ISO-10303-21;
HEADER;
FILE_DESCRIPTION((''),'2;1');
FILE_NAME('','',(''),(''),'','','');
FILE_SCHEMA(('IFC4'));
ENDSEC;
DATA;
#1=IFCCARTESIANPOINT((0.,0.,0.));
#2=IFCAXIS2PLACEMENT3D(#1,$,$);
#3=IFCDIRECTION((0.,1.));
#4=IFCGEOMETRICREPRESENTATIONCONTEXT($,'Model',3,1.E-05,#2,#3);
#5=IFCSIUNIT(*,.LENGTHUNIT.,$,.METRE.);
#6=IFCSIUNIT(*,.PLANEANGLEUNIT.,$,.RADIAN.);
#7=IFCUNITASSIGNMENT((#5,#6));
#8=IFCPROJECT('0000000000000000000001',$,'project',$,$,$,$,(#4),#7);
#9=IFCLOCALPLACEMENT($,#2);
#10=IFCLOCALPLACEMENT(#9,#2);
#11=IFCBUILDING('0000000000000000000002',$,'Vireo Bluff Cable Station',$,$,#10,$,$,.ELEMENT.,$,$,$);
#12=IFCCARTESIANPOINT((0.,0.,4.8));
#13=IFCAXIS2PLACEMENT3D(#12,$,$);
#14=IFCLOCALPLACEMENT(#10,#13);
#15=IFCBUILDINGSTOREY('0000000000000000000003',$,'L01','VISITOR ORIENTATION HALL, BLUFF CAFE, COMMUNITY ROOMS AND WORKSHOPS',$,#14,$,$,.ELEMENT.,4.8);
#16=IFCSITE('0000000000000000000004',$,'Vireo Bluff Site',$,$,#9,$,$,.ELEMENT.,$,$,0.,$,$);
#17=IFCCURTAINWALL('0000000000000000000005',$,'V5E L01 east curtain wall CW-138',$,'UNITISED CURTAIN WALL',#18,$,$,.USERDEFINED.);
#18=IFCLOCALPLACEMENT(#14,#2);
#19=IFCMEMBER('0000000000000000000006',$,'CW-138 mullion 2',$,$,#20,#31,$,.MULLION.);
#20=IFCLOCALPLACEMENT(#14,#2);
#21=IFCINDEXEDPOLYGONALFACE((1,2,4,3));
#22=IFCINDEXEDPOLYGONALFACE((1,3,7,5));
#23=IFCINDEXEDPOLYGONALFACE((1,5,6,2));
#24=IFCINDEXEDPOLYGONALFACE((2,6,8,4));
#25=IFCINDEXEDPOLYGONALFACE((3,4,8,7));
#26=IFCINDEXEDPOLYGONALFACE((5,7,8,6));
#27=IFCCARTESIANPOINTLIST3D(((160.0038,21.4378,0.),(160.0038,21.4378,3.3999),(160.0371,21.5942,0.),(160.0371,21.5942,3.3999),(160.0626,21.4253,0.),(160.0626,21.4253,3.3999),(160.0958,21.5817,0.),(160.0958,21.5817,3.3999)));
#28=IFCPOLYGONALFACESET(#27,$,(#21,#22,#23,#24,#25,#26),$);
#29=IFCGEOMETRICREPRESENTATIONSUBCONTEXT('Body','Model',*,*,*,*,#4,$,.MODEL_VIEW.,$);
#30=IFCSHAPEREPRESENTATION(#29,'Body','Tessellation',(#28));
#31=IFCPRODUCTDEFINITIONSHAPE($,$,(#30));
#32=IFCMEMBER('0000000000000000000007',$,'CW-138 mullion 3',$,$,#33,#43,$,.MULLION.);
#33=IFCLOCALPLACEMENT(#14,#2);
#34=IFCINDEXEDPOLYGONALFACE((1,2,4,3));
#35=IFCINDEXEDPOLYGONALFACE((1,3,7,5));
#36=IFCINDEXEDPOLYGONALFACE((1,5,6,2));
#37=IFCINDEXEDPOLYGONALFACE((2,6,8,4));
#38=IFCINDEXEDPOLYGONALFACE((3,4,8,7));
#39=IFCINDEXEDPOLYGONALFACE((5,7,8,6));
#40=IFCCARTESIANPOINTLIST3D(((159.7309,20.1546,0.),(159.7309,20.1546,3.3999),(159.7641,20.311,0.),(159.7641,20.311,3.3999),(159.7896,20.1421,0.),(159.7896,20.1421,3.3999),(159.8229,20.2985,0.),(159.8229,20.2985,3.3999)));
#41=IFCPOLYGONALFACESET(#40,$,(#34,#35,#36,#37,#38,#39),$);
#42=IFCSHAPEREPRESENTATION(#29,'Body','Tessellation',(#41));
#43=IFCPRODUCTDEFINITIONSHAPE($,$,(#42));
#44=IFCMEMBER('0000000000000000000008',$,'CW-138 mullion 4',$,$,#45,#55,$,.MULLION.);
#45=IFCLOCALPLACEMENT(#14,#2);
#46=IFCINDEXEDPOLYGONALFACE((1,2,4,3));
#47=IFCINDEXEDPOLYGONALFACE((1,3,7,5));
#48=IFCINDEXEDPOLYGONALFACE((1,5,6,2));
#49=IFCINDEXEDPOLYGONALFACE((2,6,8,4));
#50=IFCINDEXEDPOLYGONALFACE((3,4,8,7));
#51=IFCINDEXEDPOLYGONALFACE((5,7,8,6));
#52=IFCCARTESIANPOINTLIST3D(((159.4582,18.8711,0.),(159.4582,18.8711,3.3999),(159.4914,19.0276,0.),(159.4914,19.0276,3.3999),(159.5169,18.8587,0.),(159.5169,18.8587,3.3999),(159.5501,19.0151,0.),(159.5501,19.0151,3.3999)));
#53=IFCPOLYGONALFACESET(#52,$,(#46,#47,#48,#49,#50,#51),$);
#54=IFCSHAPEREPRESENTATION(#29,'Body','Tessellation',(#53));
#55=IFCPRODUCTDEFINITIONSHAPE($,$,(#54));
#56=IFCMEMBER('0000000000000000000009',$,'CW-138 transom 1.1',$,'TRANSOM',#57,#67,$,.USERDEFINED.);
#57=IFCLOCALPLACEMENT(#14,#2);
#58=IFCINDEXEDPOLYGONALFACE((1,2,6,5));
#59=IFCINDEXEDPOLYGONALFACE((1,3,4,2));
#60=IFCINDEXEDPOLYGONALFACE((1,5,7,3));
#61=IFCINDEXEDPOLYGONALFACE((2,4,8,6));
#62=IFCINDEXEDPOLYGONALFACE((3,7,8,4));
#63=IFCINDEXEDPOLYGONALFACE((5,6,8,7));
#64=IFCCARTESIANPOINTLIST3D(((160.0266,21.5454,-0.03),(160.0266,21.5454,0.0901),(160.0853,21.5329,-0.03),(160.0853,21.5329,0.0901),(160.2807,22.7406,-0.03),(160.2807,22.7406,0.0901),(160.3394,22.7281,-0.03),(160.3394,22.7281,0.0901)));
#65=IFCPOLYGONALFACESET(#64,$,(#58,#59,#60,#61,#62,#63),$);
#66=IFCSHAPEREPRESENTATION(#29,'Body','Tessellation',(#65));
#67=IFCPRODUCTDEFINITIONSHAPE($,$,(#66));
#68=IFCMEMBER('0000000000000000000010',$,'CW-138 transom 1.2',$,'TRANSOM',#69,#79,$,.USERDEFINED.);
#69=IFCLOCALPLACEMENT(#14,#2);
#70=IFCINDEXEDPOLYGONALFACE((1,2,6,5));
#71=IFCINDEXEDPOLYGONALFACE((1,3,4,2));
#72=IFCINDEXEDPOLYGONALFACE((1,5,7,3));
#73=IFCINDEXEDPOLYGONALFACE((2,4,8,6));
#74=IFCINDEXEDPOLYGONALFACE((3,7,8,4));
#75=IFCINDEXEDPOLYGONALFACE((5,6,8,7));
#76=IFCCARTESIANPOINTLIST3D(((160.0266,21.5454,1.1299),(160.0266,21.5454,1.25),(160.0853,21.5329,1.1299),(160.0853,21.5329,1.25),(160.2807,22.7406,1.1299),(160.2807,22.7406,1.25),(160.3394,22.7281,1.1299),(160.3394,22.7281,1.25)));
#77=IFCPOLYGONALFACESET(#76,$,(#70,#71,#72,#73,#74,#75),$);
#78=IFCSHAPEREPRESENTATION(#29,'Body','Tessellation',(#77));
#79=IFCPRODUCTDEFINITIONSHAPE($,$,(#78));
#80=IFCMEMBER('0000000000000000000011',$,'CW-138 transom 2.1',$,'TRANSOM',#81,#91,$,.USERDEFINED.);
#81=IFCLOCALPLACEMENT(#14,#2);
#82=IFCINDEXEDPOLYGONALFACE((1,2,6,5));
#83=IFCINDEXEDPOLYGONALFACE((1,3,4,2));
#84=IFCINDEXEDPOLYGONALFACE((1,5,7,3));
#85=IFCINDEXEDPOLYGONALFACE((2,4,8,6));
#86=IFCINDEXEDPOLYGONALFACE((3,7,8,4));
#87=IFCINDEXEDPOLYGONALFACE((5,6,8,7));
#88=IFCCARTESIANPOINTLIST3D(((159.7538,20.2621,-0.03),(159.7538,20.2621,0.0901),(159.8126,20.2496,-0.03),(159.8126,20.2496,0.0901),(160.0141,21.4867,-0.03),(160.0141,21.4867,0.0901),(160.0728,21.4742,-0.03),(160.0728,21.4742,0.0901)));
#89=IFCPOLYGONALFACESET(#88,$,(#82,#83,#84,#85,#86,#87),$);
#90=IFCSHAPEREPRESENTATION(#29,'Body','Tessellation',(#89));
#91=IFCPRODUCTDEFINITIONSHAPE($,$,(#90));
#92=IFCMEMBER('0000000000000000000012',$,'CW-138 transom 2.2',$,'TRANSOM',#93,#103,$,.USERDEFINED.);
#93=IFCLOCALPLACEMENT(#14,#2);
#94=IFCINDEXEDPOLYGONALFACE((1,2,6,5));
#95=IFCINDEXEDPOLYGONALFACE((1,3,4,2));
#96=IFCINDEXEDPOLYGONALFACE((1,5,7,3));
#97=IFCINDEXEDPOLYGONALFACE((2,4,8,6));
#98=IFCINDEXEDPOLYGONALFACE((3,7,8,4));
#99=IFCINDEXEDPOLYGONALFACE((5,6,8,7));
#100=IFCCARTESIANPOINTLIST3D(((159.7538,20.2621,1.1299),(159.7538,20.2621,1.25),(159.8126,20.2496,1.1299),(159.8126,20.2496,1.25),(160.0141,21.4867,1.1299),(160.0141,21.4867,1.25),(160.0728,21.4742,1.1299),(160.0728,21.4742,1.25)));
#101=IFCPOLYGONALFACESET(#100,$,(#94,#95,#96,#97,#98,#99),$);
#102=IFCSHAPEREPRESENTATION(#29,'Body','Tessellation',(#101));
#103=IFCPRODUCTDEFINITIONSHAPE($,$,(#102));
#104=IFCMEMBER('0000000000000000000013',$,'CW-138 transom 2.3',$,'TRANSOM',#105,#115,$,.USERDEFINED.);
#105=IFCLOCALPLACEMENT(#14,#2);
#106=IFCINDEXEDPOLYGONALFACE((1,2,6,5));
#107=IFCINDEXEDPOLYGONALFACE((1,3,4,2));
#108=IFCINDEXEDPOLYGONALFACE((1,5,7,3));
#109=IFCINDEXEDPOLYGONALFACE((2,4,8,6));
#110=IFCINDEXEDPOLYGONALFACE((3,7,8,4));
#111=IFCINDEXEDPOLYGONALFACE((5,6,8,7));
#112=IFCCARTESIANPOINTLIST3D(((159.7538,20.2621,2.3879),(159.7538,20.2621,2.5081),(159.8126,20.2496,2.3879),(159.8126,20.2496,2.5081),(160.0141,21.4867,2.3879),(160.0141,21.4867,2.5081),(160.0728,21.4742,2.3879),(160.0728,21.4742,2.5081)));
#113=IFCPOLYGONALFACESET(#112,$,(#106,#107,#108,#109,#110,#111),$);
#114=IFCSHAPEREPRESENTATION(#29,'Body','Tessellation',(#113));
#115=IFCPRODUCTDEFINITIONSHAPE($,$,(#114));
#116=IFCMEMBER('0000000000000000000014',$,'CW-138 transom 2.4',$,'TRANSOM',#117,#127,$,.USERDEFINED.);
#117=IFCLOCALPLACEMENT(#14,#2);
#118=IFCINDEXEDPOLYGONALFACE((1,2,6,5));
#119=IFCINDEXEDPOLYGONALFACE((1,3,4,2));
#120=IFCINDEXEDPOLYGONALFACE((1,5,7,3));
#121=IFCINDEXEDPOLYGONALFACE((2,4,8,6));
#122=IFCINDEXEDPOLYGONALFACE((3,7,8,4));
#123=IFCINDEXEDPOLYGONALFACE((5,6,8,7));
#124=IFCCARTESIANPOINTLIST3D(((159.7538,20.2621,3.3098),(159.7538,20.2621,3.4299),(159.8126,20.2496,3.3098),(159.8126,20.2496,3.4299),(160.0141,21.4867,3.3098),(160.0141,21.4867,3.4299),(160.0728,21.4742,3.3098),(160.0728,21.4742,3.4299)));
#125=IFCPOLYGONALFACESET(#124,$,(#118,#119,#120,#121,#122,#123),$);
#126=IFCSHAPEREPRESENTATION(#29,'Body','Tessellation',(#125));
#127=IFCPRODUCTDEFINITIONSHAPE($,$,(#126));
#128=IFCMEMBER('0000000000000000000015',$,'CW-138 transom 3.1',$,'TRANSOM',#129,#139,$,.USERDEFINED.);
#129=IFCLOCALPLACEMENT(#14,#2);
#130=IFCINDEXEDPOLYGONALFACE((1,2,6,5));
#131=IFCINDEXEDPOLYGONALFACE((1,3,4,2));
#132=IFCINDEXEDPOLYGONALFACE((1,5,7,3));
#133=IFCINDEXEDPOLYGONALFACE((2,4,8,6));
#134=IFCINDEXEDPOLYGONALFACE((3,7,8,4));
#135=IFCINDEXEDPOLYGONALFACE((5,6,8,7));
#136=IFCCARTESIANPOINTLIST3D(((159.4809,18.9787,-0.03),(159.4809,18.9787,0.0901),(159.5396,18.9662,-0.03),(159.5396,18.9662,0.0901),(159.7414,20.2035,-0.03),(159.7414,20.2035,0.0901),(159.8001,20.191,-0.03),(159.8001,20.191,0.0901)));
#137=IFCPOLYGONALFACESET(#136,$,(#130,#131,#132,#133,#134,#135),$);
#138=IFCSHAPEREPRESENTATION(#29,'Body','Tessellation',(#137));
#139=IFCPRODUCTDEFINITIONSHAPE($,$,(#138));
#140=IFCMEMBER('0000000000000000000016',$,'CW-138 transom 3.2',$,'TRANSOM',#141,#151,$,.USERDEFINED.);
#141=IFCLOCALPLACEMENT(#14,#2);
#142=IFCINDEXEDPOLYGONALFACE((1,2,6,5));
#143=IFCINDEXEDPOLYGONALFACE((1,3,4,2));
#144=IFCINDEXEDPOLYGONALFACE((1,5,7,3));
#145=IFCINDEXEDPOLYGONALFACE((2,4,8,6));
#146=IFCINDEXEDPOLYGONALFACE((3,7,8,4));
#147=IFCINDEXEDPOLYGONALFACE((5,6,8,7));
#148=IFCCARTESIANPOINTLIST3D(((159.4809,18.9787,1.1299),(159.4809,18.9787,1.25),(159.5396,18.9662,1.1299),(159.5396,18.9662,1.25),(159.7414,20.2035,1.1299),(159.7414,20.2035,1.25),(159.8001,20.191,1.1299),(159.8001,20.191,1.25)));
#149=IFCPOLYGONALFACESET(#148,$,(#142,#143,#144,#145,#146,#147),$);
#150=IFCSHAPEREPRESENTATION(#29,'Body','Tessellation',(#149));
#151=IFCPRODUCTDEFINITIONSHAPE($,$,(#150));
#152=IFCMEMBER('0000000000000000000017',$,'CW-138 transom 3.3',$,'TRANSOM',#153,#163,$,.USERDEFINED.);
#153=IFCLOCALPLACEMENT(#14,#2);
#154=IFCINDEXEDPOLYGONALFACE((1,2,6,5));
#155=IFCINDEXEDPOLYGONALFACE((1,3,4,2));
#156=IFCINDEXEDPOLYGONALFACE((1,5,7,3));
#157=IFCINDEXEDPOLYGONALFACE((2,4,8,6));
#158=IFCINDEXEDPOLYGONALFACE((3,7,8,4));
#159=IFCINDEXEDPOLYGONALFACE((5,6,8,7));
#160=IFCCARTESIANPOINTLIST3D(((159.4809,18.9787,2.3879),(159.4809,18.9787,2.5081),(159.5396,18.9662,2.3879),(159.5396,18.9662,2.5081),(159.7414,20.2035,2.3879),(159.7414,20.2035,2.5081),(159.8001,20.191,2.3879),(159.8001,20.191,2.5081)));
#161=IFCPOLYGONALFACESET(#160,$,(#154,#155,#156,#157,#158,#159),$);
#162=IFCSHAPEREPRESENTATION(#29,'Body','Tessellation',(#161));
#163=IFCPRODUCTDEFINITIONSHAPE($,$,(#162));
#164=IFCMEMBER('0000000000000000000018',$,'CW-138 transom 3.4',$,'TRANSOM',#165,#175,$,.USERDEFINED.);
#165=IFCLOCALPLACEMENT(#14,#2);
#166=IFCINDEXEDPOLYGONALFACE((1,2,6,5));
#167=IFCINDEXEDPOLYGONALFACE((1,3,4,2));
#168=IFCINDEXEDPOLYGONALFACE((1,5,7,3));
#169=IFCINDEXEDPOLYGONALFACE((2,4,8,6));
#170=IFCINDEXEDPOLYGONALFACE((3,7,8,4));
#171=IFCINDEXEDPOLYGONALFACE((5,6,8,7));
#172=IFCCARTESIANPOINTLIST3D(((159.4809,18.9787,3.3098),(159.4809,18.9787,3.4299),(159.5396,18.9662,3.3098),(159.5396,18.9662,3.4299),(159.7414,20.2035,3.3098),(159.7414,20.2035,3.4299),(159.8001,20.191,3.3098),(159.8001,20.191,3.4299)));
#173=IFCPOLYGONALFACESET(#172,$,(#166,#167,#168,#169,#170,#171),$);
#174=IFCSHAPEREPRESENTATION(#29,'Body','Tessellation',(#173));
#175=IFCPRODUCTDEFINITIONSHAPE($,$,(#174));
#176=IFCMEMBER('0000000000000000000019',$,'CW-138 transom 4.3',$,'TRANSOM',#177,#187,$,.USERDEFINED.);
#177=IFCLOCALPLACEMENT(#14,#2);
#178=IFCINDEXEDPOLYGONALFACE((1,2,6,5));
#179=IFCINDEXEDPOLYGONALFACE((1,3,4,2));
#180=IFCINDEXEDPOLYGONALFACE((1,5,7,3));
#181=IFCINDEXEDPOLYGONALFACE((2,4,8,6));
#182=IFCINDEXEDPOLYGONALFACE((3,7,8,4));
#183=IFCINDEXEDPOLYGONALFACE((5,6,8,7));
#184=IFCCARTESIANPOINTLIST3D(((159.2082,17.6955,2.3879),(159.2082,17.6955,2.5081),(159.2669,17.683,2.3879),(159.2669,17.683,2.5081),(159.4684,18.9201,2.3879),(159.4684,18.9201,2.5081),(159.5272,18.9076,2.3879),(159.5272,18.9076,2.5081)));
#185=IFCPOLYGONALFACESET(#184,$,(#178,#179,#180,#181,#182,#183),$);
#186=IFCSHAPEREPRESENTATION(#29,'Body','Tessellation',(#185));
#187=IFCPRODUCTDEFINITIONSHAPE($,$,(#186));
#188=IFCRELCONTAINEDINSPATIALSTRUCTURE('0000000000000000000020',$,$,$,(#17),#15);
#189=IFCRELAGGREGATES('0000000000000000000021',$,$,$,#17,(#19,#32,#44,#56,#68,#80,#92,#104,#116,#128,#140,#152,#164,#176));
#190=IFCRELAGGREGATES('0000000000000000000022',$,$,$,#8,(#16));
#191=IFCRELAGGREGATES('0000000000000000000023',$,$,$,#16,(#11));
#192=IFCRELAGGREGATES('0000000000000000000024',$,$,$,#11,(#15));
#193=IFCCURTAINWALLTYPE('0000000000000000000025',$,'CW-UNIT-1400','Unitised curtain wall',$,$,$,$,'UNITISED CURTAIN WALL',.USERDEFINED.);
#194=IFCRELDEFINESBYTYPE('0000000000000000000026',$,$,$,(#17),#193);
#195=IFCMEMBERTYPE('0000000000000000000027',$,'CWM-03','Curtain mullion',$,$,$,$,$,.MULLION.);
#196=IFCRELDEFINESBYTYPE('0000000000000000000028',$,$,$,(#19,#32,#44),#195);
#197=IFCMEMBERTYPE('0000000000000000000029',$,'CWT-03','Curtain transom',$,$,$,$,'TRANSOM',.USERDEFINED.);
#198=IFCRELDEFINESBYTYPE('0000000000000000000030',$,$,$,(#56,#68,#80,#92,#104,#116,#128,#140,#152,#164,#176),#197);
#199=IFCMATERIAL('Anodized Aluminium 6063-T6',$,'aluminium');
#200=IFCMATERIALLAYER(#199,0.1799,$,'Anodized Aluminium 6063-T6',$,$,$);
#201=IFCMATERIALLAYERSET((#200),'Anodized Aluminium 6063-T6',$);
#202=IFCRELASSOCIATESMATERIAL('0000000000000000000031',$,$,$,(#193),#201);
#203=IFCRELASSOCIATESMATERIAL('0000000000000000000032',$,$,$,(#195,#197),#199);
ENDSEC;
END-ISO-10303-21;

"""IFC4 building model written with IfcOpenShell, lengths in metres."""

from ifc_helpers import new_model, si_unit, direction, frame, origin, origin_2d, place, context, subcontext, project, spatial, rectangle, extrude, material, layer, layer_set, material_profile, profile_set, type_object, element, aggregate, save


model = new_model("IFC4")

# Units and contexts
model_context = context("Model", 3, precision=1e-05, world=origin(), true_north=direction((0.0, 1.0)))
body_context = subcontext(model_context, "Body", "Model", "MODEL_VIEW")
ifc_project = project(units=[si_unit("LENGTHUNIT", "METRE"), si_unit("PLANEANGLEUNIT", "RADIAN")], contexts=[model_context])

# Site, building, storey
site_placement = place(None, origin())
site = spatial("IfcSite", under=ifc_project, at=site_placement, Name="Vireo Bluff Site", CompositionType="ELEMENT", RefElevation=0.0)
building_placement = place(site_placement, origin())
building = spatial("IfcBuilding", under=site, at=building_placement, Name="Vireo Bluff Cable Station", CompositionType="ELEMENT")
storey_placement = place(building_placement, frame((0.0, 0.0, 4.8)))
storey = spatial("IfcBuildingStorey", under=building, at=storey_placement, Name="L01", Description="VISITOR ORIENTATION HALL, BLUFF CAFE, COMMUNITY ROOMS AND WORKSHOPS", CompositionType="ELEMENT", Elevation=4.8)

# Curtain wall, members
ifc_material_1 = material(Name="Anodized Aluminium 6063-T6", Category="aluminium")
ifc_layer_1 = layer(ifc_material_1, 0.1799, Name="Anodized Aluminium 6063-T6")
ifc_layer_set_1 = layer_set([ifc_layer_1], Name="Anodized Aluminium 6063-T6")
curtain_wall_type = type_object("IfcCurtainWallType", Name="CW-UNIT-1400", Description="Unitised curtain wall", ElementType="UNITISED CURTAIN WALL", PredefinedType="USERDEFINED", material=ifc_layer_set_1)
curtain_wall_placement = place(storey_placement, origin())
curtain_wall = element("IfcCurtainWall", 1, at=curtain_wall_placement, inside=storey, type_object=curtain_wall_type, Name="V5E L01 east curtain wall CW-138", ObjectType="UNITISED CURTAIN WALL", PredefinedType="USERDEFINED")
ifc_material_profile_1 = material_profile(ifc_material_1, rectangle(XDim=0.0601, YDim=0.1599, at=origin_2d()), Name="ALU-M-60X160")
ifc_profile_set_1 = profile_set([ifc_material_profile_1], Name="Anodized Aluminium 6063-T6")
member_type_1 = type_object("IfcMemberType", Name="CWM-03", Description="Curtain mullion", PredefinedType="MULLION", material=ifc_profile_set_1)
member_1_placement = place(storey_placement, frame((160.0498, 21.5098, 0.0), z_axis=(0.0, 0.0, 1.0), x_axis=(0.978148, -0.207912, 0.0)))
member_1 = element("IfcMember", 2, at=member_1_placement, type_object=member_type_1, Name="CW-138 mullion 2", PredefinedType="MULLION", context=body_context, shape_type="SweptSolid", body=[
    extrude(rectangle(XDim=0.0601, YDim=0.1599, at=origin_2d()), origin(), (0.0, 0.0, 1.0), 3.3999),
])
member_2_placement = place(storey_placement, frame((159.7769, 20.2266, 0.0), z_axis=(0.0, 0.0, 1.0), x_axis=(0.978148, -0.207912, 0.0)))
member_2 = element("IfcMember", 3, at=member_2_placement, type_object=member_type_1, Name="CW-138 mullion 3", PredefinedType="MULLION", context=body_context, shape_type="SweptSolid", body=[
    extrude(rectangle(XDim=0.0601, YDim=0.1599, at=origin_2d()), origin(), (0.0, 0.0, 1.0), 3.3999),
])
member_3_placement = place(storey_placement, frame((159.5042, 18.9431, 0.0), z_axis=(0.0, 0.0, 1.0), x_axis=(0.978148, -0.207912, 0.0)))
member_3 = element("IfcMember", 4, at=member_3_placement, type_object=member_type_1, Name="CW-138 mullion 4", PredefinedType="MULLION", context=body_context, shape_type="SweptSolid", body=[
    extrude(rectangle(XDim=0.0601, YDim=0.1599, at=origin_2d()), origin(), (0.0, 0.0, 1.0), 3.3999),
])
ifc_material_profile_2 = material_profile(ifc_material_1, rectangle(XDim=0.0601, YDim=0.1201, at=origin_2d()), Name="ALU-T-60X120")
ifc_profile_set_2 = profile_set([ifc_material_profile_2], Name="Anodized Aluminium 6063-T6")
member_type_2 = type_object("IfcMemberType", Name="CWT-03", Description="Curtain transom", ElementType="TRANSOM", PredefinedType="USERDEFINED", material=ifc_profile_set_2)
member_4_placement = place(storey_placement, frame((160.3101, 22.7344, 0.03), z_axis=(-0.207973, -0.978134, 0.0), x_axis=(0.978134, -0.207973, 0.0)))
member_4 = element("IfcMember", 5, at=member_4_placement, type_object=member_type_2, Name="CW-138 transom 1.1", ObjectType="TRANSOM", PredefinedType="USERDEFINED", context=body_context, shape_type="SweptSolid", body=[
    extrude(rectangle(XDim=0.0601, YDim=0.1201, at=origin_2d()), origin(), (0.0, 0.0, 1.0), 1.2219),
])
member_5_placement = place(storey_placement, frame((160.3101, 22.7344, 1.1899), z_axis=(-0.207973, -0.978134, 0.0), x_axis=(0.978134, -0.207973, 0.0)))
member_5 = element("IfcMember", 6, at=member_5_placement, type_object=member_type_2, Name="CW-138 transom 1.2", ObjectType="TRANSOM", PredefinedType="USERDEFINED", context=body_context, shape_type="SweptSolid", body=[
    extrude(rectangle(XDim=0.0601, YDim=0.1201, at=origin_2d()), origin(), (0.0, 0.0, 1.0), 1.2219),
])
member_6_placement = place(storey_placement, frame((160.0435, 21.4805, 0.03), z_axis=(-0.207877, -0.978155, 0.0), x_axis=(0.978155, -0.207877, 0.0)))
member_6 = element("IfcMember", 7, at=member_6_placement, type_object=member_type_2, Name="CW-138 transom 2.1", ObjectType="TRANSOM", PredefinedType="USERDEFINED", context=body_context, shape_type="SweptSolid", body=[
    extrude(rectangle(XDim=0.0601, YDim=0.1201, at=origin_2d()), origin(), (0.0, 0.0, 1.0), 1.252),
])
member_7_placement = place(storey_placement, frame((160.0435, 21.4805, 1.1899), z_axis=(-0.207877, -0.978155, 0.0), x_axis=(0.978155, -0.207877, 0.0)))
member_7 = element("IfcMember", 8, at=member_7_placement, type_object=member_type_2, Name="CW-138 transom 2.2", ObjectType="TRANSOM", PredefinedType="USERDEFINED", context=body_context, shape_type="SweptSolid", body=[
    extrude(rectangle(XDim=0.0601, YDim=0.1201, at=origin_2d()), origin(), (0.0, 0.0, 1.0), 1.252),
])
member_8_placement = place(storey_placement, frame((160.0435, 21.4805, 2.448), z_axis=(-0.207877, -0.978155, 0.0), x_axis=(0.978155, -0.207877, 0.0)))
member_8 = element("IfcMember", 9, at=member_8_placement, type_object=member_type_2, Name="CW-138 transom 2.3", ObjectType="TRANSOM", PredefinedType="USERDEFINED", context=body_context, shape_type="SweptSolid", body=[
    extrude(rectangle(XDim=0.0601, YDim=0.1201, at=origin_2d()), origin(), (0.0, 0.0, 1.0), 1.252),
])
member_9_placement = place(storey_placement, frame((160.0435, 21.4805, 3.3699), z_axis=(-0.207877, -0.978155, 0.0), x_axis=(0.978155, -0.207877, 0.0)))
member_9 = element("IfcMember", 10, at=member_9_placement, type_object=member_type_2, Name="CW-138 transom 2.4", ObjectType="TRANSOM", PredefinedType="USERDEFINED", context=body_context, shape_type="SweptSolid", body=[
    extrude(rectangle(XDim=0.0601, YDim=0.1201, at=origin_2d()), origin(), (0.0, 0.0, 1.0), 1.252),
])
member_10_placement = place(storey_placement, frame((159.7708, 20.1973, 0.03), z_axis=(-0.208024, -0.978124, 0.0), x_axis=(0.978124, -0.208024, 0.0)))
member_10 = element("IfcMember", 11, at=member_10_placement, type_object=member_type_2, Name="CW-138 transom 3.1", ObjectType="TRANSOM", PredefinedType="USERDEFINED", context=body_context, shape_type="SweptSolid", body=[
    extrude(rectangle(XDim=0.0601, YDim=0.1201, at=origin_2d()), origin(), (0.0, 0.0, 1.0), 1.2522),
])
member_11_placement = place(storey_placement, frame((159.7708, 20.1973, 1.1899), z_axis=(-0.208024, -0.978124, 0.0), x_axis=(0.978124, -0.208024, 0.0)))
member_11 = element("IfcMember", 12, at=member_11_placement, type_object=member_type_2, Name="CW-138 transom 3.2", ObjectType="TRANSOM", PredefinedType="USERDEFINED", context=body_context, shape_type="SweptSolid", body=[
    extrude(rectangle(XDim=0.0601, YDim=0.1201, at=origin_2d()), origin(), (0.0, 0.0, 1.0), 1.2522),
])
member_12_placement = place(storey_placement, frame((159.7708, 20.1973, 2.448), z_axis=(-0.208024, -0.978124, 0.0), x_axis=(0.978124, -0.208024, 0.0)))
member_12 = element("IfcMember", 13, at=member_12_placement, type_object=member_type_2, Name="CW-138 transom 3.3", ObjectType="TRANSOM", PredefinedType="USERDEFINED", context=body_context, shape_type="SweptSolid", body=[
    extrude(rectangle(XDim=0.0601, YDim=0.1201, at=origin_2d()), origin(), (0.0, 0.0, 1.0), 1.2522),
])
member_13_placement = place(storey_placement, frame((159.7708, 20.1973, 3.3699), z_axis=(-0.208024, -0.978124, 0.0), x_axis=(0.978124, -0.208024, 0.0)))
member_13 = element("IfcMember", 14, at=member_13_placement, type_object=member_type_2, Name="CW-138 transom 3.4", ObjectType="TRANSOM", PredefinedType="USERDEFINED", context=body_context, shape_type="SweptSolid", body=[
    extrude(rectangle(XDim=0.0601, YDim=0.1201, at=origin_2d()), origin(), (0.0, 0.0, 1.0), 1.2522),
])
member_14_placement = place(storey_placement, frame((159.4978, 18.9138, 2.448), z_axis=(-0.207877, -0.978155, 0.0), x_axis=(0.978155, -0.207877, 0.0)))
member_14 = element("IfcMember", 15, at=member_14_placement, type_object=member_type_2, Name="CW-138 transom 4.3", ObjectType="TRANSOM", PredefinedType="USERDEFINED", context=body_context, shape_type="SweptSolid", body=[
    extrude(rectangle(XDim=0.0601, YDim=0.1201, at=origin_2d()), origin(), (0.0, 0.0, 1.0), 1.252),
])
aggregate(curtain_wall, [member_1, member_2, member_3, member_4, member_5, member_6, member_7, member_8, member_9, member_10, member_11, member_12, member_13, member_14])

save(model, "model.ifc")
